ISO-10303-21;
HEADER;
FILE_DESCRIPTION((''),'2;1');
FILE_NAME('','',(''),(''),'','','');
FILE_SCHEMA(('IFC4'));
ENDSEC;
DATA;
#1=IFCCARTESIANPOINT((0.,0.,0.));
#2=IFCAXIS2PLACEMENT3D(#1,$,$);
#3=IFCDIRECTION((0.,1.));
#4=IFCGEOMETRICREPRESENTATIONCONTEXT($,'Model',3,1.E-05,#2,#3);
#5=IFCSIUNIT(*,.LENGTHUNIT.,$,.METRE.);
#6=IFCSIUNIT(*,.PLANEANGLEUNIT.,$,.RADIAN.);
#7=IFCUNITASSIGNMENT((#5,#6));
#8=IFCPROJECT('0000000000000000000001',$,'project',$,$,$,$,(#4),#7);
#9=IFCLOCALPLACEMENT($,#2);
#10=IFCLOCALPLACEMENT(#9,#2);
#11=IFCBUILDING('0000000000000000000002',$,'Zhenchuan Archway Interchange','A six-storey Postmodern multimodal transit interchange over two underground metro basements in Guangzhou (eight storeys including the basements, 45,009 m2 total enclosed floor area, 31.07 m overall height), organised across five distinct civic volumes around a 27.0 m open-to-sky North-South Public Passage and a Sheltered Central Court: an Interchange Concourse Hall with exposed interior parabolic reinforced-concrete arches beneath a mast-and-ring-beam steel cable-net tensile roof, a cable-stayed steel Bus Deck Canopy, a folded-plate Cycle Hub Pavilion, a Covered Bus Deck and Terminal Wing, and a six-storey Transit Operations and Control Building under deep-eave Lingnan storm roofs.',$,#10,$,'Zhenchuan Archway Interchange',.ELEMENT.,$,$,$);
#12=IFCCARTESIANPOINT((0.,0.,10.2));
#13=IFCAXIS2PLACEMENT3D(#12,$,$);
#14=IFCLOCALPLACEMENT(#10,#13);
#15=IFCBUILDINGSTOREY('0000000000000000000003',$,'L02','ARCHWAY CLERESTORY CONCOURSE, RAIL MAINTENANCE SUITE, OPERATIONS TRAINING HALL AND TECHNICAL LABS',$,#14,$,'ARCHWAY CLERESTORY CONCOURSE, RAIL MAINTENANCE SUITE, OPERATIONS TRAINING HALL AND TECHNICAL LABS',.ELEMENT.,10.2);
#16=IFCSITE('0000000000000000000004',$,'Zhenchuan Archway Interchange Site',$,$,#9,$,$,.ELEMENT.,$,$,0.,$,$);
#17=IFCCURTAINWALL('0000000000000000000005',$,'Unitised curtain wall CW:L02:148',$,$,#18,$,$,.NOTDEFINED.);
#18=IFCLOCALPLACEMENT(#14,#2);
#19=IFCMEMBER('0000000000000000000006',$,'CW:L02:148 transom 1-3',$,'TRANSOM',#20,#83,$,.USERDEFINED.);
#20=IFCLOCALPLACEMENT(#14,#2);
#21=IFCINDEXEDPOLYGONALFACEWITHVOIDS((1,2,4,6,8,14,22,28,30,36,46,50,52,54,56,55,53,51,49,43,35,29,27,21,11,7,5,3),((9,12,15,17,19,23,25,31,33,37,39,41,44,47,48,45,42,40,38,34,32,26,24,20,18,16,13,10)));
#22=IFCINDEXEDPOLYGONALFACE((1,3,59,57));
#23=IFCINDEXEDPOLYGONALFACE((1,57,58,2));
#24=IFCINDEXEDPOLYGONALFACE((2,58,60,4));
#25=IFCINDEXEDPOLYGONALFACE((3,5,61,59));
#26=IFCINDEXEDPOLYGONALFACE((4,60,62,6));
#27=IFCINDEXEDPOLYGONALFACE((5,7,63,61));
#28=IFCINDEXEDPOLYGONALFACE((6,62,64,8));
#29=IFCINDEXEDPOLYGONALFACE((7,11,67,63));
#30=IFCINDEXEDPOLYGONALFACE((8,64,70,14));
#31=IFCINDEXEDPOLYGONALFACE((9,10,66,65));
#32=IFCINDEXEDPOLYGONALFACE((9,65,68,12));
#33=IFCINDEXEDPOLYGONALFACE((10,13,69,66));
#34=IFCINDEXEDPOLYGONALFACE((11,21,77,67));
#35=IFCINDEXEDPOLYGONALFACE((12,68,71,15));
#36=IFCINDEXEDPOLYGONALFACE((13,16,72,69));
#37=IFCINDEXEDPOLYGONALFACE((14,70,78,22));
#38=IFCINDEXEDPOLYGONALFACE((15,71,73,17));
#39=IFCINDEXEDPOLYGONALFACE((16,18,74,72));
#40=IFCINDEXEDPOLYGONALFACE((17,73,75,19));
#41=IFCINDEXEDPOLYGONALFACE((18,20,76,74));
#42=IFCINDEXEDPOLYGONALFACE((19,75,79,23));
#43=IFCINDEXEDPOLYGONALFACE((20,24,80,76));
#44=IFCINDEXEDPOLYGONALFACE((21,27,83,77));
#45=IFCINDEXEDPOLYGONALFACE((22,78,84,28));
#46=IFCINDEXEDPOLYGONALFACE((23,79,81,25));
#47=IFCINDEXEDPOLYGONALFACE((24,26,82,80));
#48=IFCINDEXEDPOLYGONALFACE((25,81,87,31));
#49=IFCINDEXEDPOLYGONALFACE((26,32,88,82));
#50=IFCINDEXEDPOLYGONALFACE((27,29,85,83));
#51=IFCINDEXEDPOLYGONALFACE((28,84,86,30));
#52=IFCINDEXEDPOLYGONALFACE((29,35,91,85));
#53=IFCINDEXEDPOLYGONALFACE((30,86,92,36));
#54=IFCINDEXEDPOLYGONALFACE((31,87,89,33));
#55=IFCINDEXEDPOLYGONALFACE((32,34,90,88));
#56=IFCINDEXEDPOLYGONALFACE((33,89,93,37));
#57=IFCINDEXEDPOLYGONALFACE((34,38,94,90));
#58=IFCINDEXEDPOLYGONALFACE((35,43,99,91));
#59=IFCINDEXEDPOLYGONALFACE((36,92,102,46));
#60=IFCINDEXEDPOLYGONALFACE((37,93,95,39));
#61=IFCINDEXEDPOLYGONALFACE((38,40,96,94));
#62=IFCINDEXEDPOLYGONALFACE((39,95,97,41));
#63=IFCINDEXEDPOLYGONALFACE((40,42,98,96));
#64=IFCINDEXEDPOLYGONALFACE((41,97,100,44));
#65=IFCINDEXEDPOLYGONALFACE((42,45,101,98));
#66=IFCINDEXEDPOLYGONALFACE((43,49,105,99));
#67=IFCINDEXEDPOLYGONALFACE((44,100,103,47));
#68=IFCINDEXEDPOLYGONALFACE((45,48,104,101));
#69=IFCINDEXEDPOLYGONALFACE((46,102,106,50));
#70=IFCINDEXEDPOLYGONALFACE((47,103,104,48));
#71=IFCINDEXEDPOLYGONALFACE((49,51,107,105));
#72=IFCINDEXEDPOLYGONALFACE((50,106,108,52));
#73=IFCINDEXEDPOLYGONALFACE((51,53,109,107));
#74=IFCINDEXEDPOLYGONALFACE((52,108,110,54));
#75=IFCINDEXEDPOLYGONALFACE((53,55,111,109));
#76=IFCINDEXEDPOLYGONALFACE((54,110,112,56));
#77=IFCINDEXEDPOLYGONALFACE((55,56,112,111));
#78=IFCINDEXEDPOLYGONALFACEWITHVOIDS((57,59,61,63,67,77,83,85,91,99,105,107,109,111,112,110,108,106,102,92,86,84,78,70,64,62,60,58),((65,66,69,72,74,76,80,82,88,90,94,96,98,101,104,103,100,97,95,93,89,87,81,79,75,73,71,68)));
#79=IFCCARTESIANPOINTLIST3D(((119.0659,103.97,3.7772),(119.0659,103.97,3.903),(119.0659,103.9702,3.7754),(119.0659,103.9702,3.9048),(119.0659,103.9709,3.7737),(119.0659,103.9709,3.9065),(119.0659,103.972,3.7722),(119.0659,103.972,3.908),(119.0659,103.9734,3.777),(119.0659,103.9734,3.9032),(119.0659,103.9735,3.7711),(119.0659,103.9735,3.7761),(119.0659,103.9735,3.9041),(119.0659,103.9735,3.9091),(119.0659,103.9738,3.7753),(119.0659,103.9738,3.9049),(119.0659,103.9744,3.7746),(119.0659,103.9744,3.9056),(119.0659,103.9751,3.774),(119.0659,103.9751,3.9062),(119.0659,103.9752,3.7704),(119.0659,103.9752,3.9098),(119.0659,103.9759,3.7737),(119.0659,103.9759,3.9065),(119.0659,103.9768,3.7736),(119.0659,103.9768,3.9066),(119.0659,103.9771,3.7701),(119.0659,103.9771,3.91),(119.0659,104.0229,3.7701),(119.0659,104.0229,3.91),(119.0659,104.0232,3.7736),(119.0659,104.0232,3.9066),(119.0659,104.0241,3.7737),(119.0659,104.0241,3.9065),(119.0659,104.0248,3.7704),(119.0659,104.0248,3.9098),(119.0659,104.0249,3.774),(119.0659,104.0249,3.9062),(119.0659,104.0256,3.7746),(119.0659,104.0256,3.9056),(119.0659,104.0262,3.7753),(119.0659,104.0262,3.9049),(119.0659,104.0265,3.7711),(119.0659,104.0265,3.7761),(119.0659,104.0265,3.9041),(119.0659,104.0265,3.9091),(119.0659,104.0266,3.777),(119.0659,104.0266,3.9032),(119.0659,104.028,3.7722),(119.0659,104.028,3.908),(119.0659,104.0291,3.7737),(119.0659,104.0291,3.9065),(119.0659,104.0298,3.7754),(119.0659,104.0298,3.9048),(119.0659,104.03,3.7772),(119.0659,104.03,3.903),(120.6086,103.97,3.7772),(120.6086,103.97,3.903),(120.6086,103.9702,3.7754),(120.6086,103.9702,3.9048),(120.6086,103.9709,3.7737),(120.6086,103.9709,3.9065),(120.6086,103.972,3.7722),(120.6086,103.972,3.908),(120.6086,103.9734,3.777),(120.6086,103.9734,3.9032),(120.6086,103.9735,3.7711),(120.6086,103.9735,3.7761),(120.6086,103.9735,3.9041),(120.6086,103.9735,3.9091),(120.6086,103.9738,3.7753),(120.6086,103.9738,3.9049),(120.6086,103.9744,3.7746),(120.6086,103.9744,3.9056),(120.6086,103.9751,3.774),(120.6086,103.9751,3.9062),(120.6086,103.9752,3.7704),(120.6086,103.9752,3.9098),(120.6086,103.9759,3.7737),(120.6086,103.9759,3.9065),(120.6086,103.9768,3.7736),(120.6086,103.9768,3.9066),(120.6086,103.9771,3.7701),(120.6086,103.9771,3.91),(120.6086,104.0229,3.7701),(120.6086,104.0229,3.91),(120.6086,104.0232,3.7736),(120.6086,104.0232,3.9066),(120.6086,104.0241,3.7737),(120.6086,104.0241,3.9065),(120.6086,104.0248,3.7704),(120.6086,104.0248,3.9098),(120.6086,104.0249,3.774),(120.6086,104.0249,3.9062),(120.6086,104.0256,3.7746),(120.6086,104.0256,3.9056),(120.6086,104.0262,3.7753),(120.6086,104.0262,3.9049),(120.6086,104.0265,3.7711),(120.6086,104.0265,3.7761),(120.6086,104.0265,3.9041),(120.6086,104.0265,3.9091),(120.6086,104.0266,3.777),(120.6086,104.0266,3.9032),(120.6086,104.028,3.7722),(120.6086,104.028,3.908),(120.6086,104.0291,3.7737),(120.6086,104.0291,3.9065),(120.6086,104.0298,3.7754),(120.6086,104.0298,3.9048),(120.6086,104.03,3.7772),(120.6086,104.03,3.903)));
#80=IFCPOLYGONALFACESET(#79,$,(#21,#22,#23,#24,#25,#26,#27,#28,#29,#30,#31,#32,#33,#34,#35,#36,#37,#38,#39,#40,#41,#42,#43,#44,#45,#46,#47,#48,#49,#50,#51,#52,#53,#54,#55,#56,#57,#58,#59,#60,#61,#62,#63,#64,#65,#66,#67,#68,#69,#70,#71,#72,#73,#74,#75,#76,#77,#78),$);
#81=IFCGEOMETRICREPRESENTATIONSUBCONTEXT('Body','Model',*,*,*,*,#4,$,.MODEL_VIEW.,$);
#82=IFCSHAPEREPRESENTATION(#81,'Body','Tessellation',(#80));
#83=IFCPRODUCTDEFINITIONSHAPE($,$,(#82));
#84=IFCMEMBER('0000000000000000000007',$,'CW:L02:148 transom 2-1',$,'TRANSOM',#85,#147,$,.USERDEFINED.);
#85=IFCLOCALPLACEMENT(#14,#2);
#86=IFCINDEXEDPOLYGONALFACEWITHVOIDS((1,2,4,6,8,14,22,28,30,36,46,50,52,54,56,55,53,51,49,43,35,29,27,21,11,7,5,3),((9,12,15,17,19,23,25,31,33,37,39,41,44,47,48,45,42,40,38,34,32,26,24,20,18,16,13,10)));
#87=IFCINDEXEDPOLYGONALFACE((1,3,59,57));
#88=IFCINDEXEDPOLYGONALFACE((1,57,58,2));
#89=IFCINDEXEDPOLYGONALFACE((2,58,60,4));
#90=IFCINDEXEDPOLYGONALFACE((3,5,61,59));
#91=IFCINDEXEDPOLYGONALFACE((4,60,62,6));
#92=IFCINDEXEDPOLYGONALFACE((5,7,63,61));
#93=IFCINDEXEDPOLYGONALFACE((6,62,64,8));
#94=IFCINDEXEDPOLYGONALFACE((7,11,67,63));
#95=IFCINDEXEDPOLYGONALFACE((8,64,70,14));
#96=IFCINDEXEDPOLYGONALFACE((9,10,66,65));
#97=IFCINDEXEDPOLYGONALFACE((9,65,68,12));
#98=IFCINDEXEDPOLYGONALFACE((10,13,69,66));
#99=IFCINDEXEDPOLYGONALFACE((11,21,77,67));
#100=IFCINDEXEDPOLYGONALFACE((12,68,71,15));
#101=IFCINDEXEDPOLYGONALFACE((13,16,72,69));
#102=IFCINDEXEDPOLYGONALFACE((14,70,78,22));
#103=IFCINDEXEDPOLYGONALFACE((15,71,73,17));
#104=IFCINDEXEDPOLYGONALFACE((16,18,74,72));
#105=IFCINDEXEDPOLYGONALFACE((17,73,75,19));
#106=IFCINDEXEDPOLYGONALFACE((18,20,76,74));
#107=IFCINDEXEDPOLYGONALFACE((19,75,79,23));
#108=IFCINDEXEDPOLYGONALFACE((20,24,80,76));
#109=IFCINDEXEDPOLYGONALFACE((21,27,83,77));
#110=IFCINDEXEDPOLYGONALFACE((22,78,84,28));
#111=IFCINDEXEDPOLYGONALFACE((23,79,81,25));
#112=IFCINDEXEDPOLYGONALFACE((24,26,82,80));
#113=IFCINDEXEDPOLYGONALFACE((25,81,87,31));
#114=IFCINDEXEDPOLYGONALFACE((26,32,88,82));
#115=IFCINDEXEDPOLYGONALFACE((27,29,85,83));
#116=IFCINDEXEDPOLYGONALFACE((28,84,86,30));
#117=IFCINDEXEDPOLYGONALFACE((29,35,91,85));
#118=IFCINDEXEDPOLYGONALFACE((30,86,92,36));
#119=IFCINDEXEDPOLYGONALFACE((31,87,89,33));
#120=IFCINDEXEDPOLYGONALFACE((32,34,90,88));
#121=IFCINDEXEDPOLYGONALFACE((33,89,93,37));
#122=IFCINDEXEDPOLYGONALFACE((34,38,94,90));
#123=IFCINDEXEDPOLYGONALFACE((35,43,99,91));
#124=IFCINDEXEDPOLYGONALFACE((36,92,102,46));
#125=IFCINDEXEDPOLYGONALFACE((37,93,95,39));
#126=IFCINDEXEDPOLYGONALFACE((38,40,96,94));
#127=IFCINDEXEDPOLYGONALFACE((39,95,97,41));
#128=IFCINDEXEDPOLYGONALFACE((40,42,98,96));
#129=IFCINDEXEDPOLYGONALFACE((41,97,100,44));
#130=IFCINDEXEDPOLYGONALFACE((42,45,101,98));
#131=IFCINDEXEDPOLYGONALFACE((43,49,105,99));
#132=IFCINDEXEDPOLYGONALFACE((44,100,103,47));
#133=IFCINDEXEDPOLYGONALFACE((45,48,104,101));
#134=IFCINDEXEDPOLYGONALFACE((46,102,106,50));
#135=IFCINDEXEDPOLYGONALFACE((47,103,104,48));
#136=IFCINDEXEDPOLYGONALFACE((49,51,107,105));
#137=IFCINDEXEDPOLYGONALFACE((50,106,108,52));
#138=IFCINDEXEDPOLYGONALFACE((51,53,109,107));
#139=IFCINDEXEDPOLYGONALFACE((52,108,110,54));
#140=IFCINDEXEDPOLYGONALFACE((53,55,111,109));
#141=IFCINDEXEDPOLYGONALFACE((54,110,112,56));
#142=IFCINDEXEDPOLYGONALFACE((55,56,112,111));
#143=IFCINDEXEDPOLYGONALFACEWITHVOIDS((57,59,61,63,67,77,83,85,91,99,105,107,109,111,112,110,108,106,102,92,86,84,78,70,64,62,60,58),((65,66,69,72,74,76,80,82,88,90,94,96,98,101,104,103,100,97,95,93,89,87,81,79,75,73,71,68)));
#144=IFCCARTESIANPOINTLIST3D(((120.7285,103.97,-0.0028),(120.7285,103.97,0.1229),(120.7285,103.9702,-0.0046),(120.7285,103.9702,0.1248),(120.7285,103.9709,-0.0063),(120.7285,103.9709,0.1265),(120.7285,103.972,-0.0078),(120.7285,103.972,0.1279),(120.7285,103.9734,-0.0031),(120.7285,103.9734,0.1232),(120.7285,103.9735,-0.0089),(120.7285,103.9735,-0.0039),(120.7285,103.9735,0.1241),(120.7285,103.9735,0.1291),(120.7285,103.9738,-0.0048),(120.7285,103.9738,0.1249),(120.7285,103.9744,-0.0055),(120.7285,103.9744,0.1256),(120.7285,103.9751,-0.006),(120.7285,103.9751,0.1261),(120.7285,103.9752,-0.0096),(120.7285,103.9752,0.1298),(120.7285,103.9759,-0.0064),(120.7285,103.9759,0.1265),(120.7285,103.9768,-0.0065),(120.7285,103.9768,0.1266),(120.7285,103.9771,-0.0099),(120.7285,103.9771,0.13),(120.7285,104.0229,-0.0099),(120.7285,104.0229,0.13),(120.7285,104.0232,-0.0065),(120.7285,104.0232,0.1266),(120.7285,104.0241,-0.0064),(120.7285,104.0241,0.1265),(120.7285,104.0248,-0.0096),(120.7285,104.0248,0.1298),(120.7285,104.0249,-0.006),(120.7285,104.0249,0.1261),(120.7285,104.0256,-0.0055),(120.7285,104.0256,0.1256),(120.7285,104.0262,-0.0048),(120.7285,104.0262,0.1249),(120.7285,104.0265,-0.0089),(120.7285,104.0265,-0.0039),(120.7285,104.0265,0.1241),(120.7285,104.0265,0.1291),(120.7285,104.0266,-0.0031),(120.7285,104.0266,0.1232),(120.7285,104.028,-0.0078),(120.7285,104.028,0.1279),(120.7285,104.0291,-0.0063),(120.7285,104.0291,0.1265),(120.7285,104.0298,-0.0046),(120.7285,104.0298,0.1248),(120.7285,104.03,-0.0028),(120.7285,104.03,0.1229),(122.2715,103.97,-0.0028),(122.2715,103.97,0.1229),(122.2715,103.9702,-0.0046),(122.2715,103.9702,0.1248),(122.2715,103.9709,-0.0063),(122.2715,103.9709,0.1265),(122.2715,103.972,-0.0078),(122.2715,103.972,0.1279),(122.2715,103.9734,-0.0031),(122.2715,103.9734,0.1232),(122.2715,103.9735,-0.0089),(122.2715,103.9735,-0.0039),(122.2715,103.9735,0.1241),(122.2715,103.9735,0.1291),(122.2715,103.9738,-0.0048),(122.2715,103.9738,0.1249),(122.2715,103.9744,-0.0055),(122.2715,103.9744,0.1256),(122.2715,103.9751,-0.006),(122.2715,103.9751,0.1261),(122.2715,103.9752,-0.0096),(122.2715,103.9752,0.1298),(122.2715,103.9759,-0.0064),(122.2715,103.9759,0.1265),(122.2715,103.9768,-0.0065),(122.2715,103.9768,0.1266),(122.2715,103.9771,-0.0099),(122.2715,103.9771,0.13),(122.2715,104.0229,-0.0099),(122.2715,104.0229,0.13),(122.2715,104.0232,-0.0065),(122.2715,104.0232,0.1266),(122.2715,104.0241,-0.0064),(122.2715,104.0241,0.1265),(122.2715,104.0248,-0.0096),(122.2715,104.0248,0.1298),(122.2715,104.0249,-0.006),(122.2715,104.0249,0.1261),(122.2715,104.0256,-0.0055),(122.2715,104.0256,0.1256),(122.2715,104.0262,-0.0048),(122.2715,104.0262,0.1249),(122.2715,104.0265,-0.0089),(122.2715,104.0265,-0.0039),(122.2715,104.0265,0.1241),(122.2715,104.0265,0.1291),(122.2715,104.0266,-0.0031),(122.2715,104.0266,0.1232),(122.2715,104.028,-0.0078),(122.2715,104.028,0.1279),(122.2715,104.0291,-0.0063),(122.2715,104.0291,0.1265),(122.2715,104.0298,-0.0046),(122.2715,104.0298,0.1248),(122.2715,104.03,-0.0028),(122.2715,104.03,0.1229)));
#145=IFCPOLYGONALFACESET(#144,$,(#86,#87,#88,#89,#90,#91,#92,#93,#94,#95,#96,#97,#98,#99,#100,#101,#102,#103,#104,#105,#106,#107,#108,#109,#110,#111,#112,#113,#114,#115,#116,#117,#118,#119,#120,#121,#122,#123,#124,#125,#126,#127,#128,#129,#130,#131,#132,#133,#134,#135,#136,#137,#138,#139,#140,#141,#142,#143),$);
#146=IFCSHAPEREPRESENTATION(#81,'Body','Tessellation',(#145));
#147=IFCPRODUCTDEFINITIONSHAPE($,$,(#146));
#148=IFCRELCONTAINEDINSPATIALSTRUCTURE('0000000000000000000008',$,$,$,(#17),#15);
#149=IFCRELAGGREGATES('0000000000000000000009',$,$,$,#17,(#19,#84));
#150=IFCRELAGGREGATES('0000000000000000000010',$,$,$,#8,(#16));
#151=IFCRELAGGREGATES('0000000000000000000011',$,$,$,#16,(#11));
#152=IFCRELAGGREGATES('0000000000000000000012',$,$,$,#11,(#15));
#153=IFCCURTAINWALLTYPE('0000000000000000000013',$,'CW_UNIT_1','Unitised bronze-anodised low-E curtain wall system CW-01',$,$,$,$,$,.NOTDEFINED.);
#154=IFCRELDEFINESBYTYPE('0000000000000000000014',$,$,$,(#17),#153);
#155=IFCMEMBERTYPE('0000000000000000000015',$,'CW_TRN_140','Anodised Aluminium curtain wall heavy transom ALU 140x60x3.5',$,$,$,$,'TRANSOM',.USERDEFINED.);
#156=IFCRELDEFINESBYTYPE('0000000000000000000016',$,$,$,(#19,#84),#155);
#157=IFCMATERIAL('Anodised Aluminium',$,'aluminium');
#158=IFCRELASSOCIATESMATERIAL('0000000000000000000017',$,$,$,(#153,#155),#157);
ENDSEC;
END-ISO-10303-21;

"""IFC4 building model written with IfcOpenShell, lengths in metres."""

from ifc_helpers import new_model, si_unit, direction, frame, origin, origin_2d, place, context, subcontext, project, spatial, hollow_rectangle, extrude, material, material_profile, profile_set, type_object, element, aggregate, save


model = new_model("IFC4")

# Units and contexts
model_context = context("Model", 3, precision=1e-05, world=origin(), true_north=direction((0.0, 1.0)))
body_context = subcontext(model_context, "Body", "Model", "MODEL_VIEW")
ifc_project = project(units=[si_unit("LENGTHUNIT", "METRE"), si_unit("PLANEANGLEUNIT", "RADIAN")], contexts=[model_context])

# Site, building, storey
site_placement = place(None, origin())
site = spatial("IfcSite", under=ifc_project, at=site_placement, Name="Zhenchuan Archway Interchange Site", CompositionType="ELEMENT", RefElevation=0.0)
building_placement = place(site_placement, origin())
building = spatial("IfcBuilding", under=site, at=building_placement, Name="Zhenchuan Archway Interchange", Description="A six-storey Postmodern multimodal transit interchange over two underground metro basements in Guangzhou (eight storeys including the basements, 45,009 m2 total enclosed floor area, 31.07 m overall height), organised across five distinct civic volumes around a 27.0 m open-to-sky North-South Public Passage and a Sheltered Central Court: an Interchange Concourse Hall with exposed interior parabolic reinforced-concrete arches beneath a mast-and-ring-beam steel cable-net tensile roof, a cable-stayed steel Bus Deck Canopy, a folded-plate Cycle Hub Pavilion, a Covered Bus Deck and Terminal Wing, and a six-storey Transit Operations and Control Building under deep-eave Lingnan storm roofs.", LongName="Zhenchuan Archway Interchange", CompositionType="ELEMENT")
storey_placement = place(building_placement, frame((0.0, 0.0, 10.2)))
storey = spatial("IfcBuildingStorey", under=building, at=storey_placement, Name="L02", Description="ARCHWAY CLERESTORY CONCOURSE, RAIL MAINTENANCE SUITE, OPERATIONS TRAINING HALL AND TECHNICAL LABS", LongName="ARCHWAY CLERESTORY CONCOURSE, RAIL MAINTENANCE SUITE, OPERATIONS TRAINING HALL AND TECHNICAL LABS", CompositionType="ELEMENT", Elevation=10.2)

# Curtain wall, members
ifc_material_1 = material(Name="Anodised Aluminium", Category="aluminium")
curtain_wall_type = type_object("IfcCurtainWallType", Name="CW_UNIT_1", Description="Unitised bronze-anodised low-E curtain wall system CW-01", PredefinedType="NOTDEFINED", material=ifc_material_1)
curtain_wall_placement = place(storey_placement, origin())
curtain_wall = element("IfcCurtainWall", 1, at=curtain_wall_placement, inside=storey, type_object=curtain_wall_type, Name="Unitised curtain wall CW:L02:148", PredefinedType="NOTDEFINED")
ifc_material_profile_1 = material_profile(ifc_material_1, hollow_rectangle(XDim=0.0601, YDim=0.1399, WallThickness=0.0034, InnerFilletRadius=0.0034, OuterFilletRadius=0.0071, at=origin_2d()), Name="ALU 140x60x3.5")
ifc_profile_set_1 = profile_set([ifc_material_profile_1], Name="Anodised Aluminium")
member_type_1 = type_object("IfcMemberType", Name="CW_TRN_140", Description="Anodised Aluminium curtain wall heavy transom ALU 140x60x3.5", ElementType="TRANSOM", PredefinedType="USERDEFINED", material=ifc_profile_set_1)
member_1_placement = place(storey_placement, frame((119.0659, 104.0, 3.8401), z_axis=(1.0, 0.0, 0.0), x_axis=(0.0, 1.0, 0.0)))
member_1 = element("IfcMember", 2, at=member_1_placement, type_object=member_type_1, Name="CW:L02:148 transom 1-3", ObjectType="TRANSOM", PredefinedType="USERDEFINED", context=body_context, shape_type="SweptSolid", body=[
    extrude(hollow_rectangle(XDim=0.0601, YDim=0.1399, WallThickness=0.0034, InnerFilletRadius=0.0034, OuterFilletRadius=0.0071, at=origin_2d()), origin(), (0.0, 0.0, 1.0), 1.5427),
])
member_2_placement = place(storey_placement, frame((120.7285, 104.0, 0.0601), z_axis=(1.0, 0.0, 0.0), x_axis=(0.0, 1.0, 0.0)))
member_2 = element("IfcMember", 3, at=member_2_placement, type_object=member_type_1, Name="CW:L02:148 transom 2-1", ObjectType="TRANSOM", PredefinedType="USERDEFINED", context=body_context, shape_type="SweptSolid", body=[
    extrude(hollow_rectangle(XDim=0.0601, YDim=0.1399, WallThickness=0.0034, InnerFilletRadius=0.0034, OuterFilletRadius=0.0071, at=origin_2d()), origin(), (0.0, 0.0, 1.0), 1.543),
])
aggregate(curtain_wall, [member_1, member_2])

save(model, "model.ifc")
